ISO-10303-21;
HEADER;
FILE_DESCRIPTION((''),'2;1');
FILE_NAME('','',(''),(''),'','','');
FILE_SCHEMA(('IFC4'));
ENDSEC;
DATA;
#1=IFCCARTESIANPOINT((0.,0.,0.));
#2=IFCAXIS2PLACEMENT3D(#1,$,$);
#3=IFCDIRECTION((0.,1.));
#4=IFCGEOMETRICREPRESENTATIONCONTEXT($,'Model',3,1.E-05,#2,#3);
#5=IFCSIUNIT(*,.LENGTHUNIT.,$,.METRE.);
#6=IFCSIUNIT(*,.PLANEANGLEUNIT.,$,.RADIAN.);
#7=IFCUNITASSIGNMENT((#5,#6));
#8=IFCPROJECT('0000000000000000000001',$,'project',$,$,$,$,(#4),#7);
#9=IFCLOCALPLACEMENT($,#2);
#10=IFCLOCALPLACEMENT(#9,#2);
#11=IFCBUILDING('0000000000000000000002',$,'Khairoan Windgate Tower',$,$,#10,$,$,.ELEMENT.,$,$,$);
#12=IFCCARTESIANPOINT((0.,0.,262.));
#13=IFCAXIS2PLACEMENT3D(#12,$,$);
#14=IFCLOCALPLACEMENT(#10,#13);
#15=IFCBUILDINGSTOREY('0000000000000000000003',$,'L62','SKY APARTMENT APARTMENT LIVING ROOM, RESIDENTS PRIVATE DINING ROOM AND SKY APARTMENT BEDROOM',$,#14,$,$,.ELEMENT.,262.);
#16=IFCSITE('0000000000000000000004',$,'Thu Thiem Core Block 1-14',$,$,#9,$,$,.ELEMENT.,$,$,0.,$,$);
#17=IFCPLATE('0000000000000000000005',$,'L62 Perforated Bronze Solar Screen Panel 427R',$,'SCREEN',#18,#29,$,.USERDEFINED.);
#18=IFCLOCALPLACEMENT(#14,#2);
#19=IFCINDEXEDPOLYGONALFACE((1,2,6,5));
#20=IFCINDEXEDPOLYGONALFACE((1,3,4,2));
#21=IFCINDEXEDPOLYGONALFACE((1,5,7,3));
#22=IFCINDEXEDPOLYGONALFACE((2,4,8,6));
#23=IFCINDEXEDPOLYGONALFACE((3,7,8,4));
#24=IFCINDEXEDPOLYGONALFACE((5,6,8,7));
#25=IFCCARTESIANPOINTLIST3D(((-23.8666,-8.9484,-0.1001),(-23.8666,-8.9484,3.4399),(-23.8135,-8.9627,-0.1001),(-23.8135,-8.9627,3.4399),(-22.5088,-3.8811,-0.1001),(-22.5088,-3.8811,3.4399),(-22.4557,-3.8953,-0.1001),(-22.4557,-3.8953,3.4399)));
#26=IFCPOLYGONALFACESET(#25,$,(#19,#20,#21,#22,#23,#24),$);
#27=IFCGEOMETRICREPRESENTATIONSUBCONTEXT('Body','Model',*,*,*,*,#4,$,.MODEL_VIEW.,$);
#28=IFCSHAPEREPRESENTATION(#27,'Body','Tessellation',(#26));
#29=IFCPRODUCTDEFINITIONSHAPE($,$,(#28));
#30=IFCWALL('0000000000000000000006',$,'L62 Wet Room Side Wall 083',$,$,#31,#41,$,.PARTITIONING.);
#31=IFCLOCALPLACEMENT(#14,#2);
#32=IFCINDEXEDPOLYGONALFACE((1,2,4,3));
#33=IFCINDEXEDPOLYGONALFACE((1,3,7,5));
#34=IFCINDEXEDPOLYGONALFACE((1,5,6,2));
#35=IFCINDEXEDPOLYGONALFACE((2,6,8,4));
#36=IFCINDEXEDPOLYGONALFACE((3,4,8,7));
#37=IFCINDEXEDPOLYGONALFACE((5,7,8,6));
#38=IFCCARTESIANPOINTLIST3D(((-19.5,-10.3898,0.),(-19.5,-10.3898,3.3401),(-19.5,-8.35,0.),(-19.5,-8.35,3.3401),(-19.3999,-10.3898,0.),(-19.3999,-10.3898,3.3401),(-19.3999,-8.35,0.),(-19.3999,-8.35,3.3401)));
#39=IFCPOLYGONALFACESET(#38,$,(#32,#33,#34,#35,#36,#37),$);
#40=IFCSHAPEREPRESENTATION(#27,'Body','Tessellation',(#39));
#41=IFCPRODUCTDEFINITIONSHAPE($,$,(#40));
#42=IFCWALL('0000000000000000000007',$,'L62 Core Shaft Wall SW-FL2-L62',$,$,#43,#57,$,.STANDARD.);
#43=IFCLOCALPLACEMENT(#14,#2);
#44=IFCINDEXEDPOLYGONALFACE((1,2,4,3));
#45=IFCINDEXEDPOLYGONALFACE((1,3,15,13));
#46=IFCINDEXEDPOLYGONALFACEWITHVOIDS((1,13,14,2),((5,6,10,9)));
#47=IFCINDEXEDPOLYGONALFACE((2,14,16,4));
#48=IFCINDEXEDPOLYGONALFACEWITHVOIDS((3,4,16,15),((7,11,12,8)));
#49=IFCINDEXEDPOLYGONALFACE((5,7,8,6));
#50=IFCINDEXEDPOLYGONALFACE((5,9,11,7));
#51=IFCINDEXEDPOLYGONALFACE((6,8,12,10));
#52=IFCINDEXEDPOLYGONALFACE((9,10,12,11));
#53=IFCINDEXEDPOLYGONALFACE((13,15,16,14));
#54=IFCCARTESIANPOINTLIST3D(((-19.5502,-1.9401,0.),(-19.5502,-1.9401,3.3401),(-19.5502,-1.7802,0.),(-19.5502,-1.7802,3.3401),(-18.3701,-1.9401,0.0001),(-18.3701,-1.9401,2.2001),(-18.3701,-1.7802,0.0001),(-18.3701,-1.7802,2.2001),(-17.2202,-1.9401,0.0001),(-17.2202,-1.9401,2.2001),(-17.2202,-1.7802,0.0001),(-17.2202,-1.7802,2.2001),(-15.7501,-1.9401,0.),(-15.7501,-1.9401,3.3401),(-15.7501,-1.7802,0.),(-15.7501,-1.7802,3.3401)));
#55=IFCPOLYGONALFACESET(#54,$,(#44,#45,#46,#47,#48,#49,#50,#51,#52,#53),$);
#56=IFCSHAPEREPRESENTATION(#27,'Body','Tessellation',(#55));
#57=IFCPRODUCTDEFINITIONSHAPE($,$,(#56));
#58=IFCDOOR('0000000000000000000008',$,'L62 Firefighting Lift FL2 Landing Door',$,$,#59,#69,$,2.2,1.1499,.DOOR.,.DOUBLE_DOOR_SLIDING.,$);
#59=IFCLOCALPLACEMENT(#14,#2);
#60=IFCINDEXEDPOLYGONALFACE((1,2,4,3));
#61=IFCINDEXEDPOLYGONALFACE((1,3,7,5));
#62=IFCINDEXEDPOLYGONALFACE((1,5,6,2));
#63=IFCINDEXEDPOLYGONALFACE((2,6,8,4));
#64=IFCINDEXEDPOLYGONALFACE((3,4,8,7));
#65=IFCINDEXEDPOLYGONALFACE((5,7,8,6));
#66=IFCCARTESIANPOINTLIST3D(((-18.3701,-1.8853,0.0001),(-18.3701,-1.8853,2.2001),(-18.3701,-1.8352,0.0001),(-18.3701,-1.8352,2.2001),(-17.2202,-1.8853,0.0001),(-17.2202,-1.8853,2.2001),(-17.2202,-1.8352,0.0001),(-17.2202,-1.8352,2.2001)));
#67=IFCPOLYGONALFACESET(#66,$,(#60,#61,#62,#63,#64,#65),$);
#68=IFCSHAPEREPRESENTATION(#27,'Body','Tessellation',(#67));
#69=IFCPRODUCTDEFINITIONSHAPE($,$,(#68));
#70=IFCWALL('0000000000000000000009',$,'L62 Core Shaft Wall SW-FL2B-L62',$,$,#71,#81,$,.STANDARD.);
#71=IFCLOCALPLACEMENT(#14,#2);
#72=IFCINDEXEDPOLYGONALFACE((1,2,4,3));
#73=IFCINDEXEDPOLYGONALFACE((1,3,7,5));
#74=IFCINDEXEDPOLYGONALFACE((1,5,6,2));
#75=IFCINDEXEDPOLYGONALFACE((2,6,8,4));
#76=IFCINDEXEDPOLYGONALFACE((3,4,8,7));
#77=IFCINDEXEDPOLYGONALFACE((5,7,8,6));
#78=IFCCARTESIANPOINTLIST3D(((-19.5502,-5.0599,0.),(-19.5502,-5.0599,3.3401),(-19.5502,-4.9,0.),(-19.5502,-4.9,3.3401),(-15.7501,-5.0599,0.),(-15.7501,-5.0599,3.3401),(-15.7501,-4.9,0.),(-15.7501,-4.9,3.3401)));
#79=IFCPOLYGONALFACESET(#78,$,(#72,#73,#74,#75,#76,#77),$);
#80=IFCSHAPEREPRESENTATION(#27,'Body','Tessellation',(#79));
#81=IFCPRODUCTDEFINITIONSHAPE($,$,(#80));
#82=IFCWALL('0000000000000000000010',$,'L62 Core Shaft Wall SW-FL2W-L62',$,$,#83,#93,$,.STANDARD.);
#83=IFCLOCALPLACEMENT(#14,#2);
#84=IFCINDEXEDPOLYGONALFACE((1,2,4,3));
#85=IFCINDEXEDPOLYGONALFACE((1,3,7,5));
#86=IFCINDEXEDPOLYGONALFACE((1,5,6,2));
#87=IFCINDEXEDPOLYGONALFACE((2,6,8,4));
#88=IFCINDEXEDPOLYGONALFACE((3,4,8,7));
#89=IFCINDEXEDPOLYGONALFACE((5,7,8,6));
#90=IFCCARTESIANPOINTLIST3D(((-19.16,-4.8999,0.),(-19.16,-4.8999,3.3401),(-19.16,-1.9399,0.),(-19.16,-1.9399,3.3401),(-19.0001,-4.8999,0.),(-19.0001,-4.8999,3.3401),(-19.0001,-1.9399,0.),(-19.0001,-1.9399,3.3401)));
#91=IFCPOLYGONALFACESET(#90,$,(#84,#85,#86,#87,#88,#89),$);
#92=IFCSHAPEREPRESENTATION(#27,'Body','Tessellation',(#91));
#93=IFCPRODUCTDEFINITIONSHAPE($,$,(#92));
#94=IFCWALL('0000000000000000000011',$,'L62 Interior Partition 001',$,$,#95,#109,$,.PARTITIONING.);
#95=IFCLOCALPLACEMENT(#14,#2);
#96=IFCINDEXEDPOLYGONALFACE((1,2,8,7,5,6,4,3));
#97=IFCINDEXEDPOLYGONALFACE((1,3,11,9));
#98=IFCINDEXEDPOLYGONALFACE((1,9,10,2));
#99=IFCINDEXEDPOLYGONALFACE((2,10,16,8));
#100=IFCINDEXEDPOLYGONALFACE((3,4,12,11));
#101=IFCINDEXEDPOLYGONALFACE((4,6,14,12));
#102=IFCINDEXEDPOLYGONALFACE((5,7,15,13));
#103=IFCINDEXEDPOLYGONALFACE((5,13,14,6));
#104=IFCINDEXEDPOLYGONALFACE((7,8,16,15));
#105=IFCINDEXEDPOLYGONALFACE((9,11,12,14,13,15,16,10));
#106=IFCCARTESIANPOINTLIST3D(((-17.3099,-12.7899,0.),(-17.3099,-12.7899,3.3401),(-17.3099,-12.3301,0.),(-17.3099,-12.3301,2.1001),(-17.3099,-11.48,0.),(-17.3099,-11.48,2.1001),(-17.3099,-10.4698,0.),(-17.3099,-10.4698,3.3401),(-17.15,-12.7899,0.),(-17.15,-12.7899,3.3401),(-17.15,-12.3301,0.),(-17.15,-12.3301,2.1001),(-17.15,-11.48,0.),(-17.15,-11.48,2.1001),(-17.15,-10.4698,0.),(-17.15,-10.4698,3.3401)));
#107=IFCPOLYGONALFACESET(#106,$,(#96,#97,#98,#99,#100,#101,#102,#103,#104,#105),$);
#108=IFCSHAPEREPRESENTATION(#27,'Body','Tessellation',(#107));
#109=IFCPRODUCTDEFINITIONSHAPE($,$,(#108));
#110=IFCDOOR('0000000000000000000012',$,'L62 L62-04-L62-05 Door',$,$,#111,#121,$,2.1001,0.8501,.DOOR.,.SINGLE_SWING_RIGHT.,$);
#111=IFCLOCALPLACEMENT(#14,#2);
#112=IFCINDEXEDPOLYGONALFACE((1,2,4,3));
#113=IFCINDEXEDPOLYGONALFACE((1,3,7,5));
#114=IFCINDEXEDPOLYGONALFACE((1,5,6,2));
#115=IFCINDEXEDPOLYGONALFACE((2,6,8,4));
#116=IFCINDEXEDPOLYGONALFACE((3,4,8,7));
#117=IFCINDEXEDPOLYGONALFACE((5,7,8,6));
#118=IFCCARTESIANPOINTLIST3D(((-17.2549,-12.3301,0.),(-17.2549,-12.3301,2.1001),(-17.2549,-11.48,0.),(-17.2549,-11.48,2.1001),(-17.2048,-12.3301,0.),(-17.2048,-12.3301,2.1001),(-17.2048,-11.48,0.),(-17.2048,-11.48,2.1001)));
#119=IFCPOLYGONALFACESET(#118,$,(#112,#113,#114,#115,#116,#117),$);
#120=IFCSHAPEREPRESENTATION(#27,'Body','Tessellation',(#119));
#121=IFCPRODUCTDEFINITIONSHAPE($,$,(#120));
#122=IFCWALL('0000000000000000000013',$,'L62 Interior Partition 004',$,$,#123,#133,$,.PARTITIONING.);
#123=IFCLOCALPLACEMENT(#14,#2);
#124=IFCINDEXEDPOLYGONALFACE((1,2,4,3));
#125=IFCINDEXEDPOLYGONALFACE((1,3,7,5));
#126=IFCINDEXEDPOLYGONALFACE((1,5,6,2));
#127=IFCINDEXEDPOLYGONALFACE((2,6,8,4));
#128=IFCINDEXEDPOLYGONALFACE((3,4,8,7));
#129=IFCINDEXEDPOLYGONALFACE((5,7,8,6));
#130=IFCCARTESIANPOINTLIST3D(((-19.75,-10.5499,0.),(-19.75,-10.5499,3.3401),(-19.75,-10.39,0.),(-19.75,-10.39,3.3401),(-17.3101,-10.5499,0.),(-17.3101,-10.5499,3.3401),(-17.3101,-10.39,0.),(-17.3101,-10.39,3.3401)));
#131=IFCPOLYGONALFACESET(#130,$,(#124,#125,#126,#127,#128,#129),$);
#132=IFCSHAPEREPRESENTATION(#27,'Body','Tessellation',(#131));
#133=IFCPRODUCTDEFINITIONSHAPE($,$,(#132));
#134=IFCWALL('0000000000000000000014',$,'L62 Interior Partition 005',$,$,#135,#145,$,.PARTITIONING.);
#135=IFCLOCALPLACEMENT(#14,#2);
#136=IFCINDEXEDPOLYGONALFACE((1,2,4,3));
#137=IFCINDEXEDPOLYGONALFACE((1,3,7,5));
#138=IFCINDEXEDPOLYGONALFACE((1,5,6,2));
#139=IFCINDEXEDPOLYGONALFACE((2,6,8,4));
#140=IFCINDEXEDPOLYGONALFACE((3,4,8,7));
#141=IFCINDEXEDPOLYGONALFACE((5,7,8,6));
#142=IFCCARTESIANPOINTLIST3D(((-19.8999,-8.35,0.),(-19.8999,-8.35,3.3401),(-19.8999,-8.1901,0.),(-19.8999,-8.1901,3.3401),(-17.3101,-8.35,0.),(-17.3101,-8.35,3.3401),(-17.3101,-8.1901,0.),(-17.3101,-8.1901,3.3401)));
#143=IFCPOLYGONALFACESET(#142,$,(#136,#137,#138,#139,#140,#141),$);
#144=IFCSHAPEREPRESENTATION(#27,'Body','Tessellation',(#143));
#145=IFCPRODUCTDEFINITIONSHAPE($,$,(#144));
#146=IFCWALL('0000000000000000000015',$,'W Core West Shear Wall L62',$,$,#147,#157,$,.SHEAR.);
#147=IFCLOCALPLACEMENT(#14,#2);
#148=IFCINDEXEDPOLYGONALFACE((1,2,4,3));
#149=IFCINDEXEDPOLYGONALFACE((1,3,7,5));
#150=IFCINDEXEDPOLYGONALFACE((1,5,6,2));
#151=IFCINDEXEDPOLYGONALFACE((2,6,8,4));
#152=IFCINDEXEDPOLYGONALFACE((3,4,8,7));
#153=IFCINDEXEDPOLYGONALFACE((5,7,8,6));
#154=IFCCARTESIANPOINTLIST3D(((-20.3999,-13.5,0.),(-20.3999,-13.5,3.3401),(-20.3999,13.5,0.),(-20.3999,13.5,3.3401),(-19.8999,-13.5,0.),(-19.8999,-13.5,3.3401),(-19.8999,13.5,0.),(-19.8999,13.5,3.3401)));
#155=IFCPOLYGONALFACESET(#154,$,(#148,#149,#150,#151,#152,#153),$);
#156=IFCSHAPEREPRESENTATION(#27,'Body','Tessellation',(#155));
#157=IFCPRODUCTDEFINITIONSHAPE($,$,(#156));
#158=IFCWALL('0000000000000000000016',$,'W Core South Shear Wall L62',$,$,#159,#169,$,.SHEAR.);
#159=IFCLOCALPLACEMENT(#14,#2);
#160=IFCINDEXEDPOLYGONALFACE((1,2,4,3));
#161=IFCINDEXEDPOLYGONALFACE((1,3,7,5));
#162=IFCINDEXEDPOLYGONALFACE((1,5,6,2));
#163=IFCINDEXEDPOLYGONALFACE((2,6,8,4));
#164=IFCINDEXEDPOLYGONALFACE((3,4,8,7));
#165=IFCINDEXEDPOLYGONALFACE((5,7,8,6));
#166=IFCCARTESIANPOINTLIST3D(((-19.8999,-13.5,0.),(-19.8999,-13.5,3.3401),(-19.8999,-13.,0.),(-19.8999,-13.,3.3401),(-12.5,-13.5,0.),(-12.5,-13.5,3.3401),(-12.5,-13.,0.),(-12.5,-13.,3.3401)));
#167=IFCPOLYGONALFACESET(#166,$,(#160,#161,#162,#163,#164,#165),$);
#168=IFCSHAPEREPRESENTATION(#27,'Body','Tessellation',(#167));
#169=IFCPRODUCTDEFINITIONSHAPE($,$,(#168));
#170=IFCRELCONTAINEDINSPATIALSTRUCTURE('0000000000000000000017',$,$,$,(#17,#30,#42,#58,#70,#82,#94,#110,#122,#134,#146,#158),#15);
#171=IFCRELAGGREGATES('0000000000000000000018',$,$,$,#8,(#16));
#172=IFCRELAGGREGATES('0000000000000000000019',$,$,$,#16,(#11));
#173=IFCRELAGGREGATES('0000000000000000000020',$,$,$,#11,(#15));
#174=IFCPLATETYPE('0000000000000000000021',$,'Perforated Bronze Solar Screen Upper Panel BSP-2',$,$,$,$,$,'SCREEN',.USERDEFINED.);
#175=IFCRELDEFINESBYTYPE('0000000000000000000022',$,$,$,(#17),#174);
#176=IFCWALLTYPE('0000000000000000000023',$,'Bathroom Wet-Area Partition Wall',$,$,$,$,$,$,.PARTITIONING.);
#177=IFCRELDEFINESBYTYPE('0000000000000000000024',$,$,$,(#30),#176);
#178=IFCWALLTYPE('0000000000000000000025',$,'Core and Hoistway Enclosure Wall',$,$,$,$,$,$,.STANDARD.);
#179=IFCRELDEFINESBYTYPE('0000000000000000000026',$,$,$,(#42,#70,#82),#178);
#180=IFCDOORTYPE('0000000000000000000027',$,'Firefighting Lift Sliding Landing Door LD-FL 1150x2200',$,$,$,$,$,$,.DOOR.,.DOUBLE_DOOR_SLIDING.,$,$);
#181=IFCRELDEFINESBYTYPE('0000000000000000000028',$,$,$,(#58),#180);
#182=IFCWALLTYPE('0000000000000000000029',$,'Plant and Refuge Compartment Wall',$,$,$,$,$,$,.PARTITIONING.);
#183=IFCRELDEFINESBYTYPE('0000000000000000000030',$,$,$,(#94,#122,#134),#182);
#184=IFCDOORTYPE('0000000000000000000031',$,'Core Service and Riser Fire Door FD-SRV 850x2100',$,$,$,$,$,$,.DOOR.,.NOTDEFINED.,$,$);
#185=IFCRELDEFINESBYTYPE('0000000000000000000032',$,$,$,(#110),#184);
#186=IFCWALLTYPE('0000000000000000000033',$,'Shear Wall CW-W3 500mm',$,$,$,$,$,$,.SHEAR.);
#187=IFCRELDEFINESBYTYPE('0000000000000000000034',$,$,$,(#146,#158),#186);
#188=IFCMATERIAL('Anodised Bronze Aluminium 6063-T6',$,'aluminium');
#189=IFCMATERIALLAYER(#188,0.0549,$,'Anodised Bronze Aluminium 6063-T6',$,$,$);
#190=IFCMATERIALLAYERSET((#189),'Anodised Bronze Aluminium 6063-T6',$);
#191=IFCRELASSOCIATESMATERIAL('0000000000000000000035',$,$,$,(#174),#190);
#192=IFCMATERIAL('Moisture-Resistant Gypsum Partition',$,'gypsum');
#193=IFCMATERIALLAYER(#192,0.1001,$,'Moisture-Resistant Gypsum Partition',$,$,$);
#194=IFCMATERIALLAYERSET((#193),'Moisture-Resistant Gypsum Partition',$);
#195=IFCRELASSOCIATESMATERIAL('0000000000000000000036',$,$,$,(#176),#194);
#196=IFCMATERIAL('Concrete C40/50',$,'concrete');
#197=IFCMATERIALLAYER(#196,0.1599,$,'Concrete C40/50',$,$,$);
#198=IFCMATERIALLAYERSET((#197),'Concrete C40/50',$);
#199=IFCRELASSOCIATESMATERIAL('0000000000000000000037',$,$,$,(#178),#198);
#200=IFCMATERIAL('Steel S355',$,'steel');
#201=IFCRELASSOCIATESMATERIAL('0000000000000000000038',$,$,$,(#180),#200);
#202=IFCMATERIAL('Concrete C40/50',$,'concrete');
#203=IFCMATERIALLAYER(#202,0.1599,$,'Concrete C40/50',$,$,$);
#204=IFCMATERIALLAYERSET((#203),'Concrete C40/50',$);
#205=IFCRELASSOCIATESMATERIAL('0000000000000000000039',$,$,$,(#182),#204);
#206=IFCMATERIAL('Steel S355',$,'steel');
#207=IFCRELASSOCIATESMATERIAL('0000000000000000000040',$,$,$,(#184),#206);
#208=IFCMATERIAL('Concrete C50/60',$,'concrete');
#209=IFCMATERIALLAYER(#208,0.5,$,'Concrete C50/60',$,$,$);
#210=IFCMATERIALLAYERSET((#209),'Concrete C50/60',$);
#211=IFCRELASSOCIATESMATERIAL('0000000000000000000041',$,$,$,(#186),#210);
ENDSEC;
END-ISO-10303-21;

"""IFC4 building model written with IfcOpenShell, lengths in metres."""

from ifc_helpers import new_model, si_unit, direction, frame, frame_2d, origin, origin_2d, place, context, subcontext, project, spatial, rectangle, extrude, material, layer, layer_set, type_object, element, fill, save


model = new_model("IFC4")

# Units and contexts
model_context = context("Model", 3, precision=1e-05, world=origin(), true_north=direction((0.0, 1.0)))
body_context = subcontext(model_context, "Body", "Model", "MODEL_VIEW")
ifc_project = project(units=[si_unit("LENGTHUNIT", "METRE"), si_unit("PLANEANGLEUNIT", "RADIAN")], contexts=[model_context])

# Site, building, storey
site_placement = place(None, origin())
site = spatial("IfcSite", under=ifc_project, at=site_placement, Name="Thu Thiem Core Block 1-14", CompositionType="ELEMENT", RefElevation=0.0)
building_placement = place(site_placement, origin())
building = spatial("IfcBuilding", under=site, at=building_placement, Name="Khairoan Windgate Tower", CompositionType="ELEMENT")
storey_placement = place(building_placement, frame((0.0, 0.0, 262.0)))
storey = spatial("IfcBuildingStorey", under=building, at=storey_placement, Name="L62", Description="SKY APARTMENT APARTMENT LIVING ROOM, RESIDENTS PRIVATE DINING ROOM AND SKY APARTMENT BEDROOM", CompositionType="ELEMENT", Elevation=262.0)

# Plate
ifc_material_1 = material(Name="Anodised Bronze Aluminium 6063-T6", Category="aluminium")
ifc_layer_1 = layer(ifc_material_1, 0.0549, Name="Anodised Bronze Aluminium 6063-T6")
ifc_layer_set_1 = layer_set([ifc_layer_1], Name="Anodised Bronze Aluminium 6063-T6")
plate_type_1 = type_object("IfcPlateType", Name="Perforated Bronze Solar Screen Upper Panel BSP-2", ElementType="SCREEN", PredefinedType="USERDEFINED", material=ifc_layer_set_1)
plate_1_placement = place(storey_placement, frame((-23.1611, -6.4219, -0.1001), z_axis=(0.0, 0.0, 1.0), x_axis=(0.258819, 0.965926, 0.0)))
element("IfcPlate", 1, at=plate_1_placement, inside=storey, type_object=plate_type_1, Name="L62 Perforated Bronze Solar Screen Panel 427R", ObjectType="SCREEN", PredefinedType="USERDEFINED", context=body_context, shape_type="SweptSolid", body=[
    extrude(rectangle(XDim=5.2461, YDim=0.0549, at=origin_2d()), origin(), (0.0, 0.0, 1.0), 3.54),
])

# Wall
ifc_material_2 = material(Name="Moisture-Resistant Gypsum Partition", Category="gypsum")
ifc_layer_2 = layer(ifc_material_2, 0.1001, Name="Moisture-Resistant Gypsum Partition")
ifc_layer_set_2 = layer_set([ifc_layer_2], Name="Moisture-Resistant Gypsum Partition")
wall_type_1 = type_object("IfcWallType", Name="Bathroom Wet-Area Partition Wall", PredefinedType="PARTITIONING", material=ifc_layer_set_2)
wall_1_placement = place(storey_placement, frame((-19.45, -10.3899, 0.0), z_axis=(0.0, 0.0, 1.0), x_axis=(0.0, 1.0, 0.0)))
element("IfcWall", 2, at=wall_1_placement, inside=storey, type_object=wall_type_1, Name="L62 Wet Room Side Wall 083", PredefinedType="PARTITIONING", context=body_context, shape_type="SweptSolid", body=[
    extrude(rectangle(XDim=2.0398, YDim=0.1001, at=frame_2d((1.02, 0.0))), origin(), (0.0, 0.0, 1.0), 3.3401),
])

# Wall, opening, door
ifc_material_3 = material(Name="Concrete C40/50", Category="concrete")
ifc_layer_3 = layer(ifc_material_3, 0.1599, Name="Concrete C40/50")
ifc_layer_set_3 = layer_set([ifc_layer_3], Name="Concrete C40/50")
wall_type_2 = type_object("IfcWallType", Name="Core and Hoistway Enclosure Wall", PredefinedType="STANDARD", material=ifc_layer_set_3)
wall_2_placement = place(storey_placement, frame((-19.55, -1.8601, 0.0), z_axis=(0.0, 0.0, 1.0), x_axis=(1.0, 0.0, 0.0)))
wall_2 = element("IfcWall", 3, at=wall_2_placement, inside=storey, type_object=wall_type_2, Name="L62 Core Shaft Wall SW-FL2-L62", PredefinedType="STANDARD", context=body_context, shape_type="SweptSolid", body=[
    extrude(rectangle(XDim=3.8, YDim=0.1599, at=frame_2d((1.8999, 0.0))), origin(), (0.0, 0.0, 1.0), 3.3401),
])
opening_1_placement = place(wall_2_placement, frame((1.1799, 0.0, 0.0)))
opening_1 = element("IfcOpeningElement", 4, at=opening_1_placement, cuts=wall_2, PredefinedType="OPENING", context=body_context, shape_type="SweptSolid", body=[
    extrude(rectangle(XDim=1.1499, YDim=2.2, at=frame_2d((0.575, 1.1001))), frame((0.0, 0.0898, 0.0), z_axis=(0.0, -1.0, 0.0), x_axis=(1.0, 0.0, 0.0)), (0.0, 0.0, 1.0), 0.1799),
])
ifc_material_4 = material(Name="Steel S355", Category="steel")
door_type_1 = type_object("IfcDoorType", Name="Firefighting Lift Sliding Landing Door LD-FL 1150x2200", OperationType="DOUBLE_DOOR_SLIDING", PredefinedType="DOOR", material=ifc_material_4)
door_1_placement = place(opening_1_placement, origin())
door_1 = element("IfcDoor", 5, at=door_1_placement, inside=storey, type_object=door_type_1, Name="L62 Firefighting Lift FL2 Landing Door", OperationType="DOUBLE_DOOR_SLIDING", OverallHeight=2.2, OverallWidth=1.1499, PredefinedType="DOOR", context=body_context, shape_type="SweptSolid", body=[
    extrude(rectangle(XDim=1.1499, YDim=2.2, at=frame_2d((0.575, 1.1001))), frame((0.0, 0.0249, 0.0), z_axis=(0.0, -1.0, 0.0), x_axis=(1.0, 0.0, 0.0)), (0.0, 0.0, 1.0), 0.05),
])
fill(opening_1, door_1)

# Walls
wall_3_placement = place(storey_placement, frame((-19.55, -4.98, 0.0), z_axis=(0.0, 0.0, 1.0), x_axis=(1.0, 0.0, 0.0)))
element("IfcWall", 6, at=wall_3_placement, inside=storey, type_object=wall_type_2, Name="L62 Core Shaft Wall SW-FL2B-L62", PredefinedType="STANDARD", context=body_context, shape_type="SweptSolid", body=[
    extrude(rectangle(XDim=3.8, YDim=0.1599, at=frame_2d((1.8999, 0.0))), origin(), (0.0, 0.0, 1.0), 3.3401),
])
wall_4_placement = place(storey_placement, frame((-19.0801, -4.8999, 0.0), z_axis=(0.0, 0.0, 1.0), x_axis=(0.0, 1.0, 0.0)))
element("IfcWall", 7, at=wall_4_placement, inside=storey, type_object=wall_type_2, Name="L62 Core Shaft Wall SW-FL2W-L62", PredefinedType="STANDARD", context=body_context, shape_type="SweptSolid", body=[
    extrude(rectangle(XDim=2.96, YDim=0.1599, at=frame_2d((1.48, 0.0))), origin(), (0.0, 0.0, 1.0), 3.3401),
])

# Wall, opening, door
ifc_material_5 = material(Name="Concrete C40/50", Category="concrete")
ifc_layer_4 = layer(ifc_material_5, 0.1599, Name="Concrete C40/50")
ifc_layer_set_4 = layer_set([ifc_layer_4], Name="Concrete C40/50")
wall_type_3 = type_object("IfcWallType", Name="Plant and Refuge Compartment Wall", PredefinedType="PARTITIONING", material=ifc_layer_set_4)
wall_5_placement = place(storey_placement, frame((-17.23, -12.79, 0.0), z_axis=(0.0, 0.0, 1.0), x_axis=(0.0, 1.0, 0.0)))
wall_5 = element("IfcWall", 8, at=wall_5_placement, inside=storey, type_object=wall_type_3, Name="L62 Interior Partition 001", PredefinedType="PARTITIONING", context=body_context, shape_type="SweptSolid", body=[
    extrude(rectangle(XDim=2.3201, YDim=0.1599, at=frame_2d((1.1602, 0.0))), origin(), (0.0, 0.0, 1.0), 3.3401),
])
opening_2_placement = place(wall_5_placement, frame((0.46, 0.0, 0.0)))
opening_2 = element("IfcOpeningElement", 9, at=opening_2_placement, cuts=wall_5, PredefinedType="OPENING", context=body_context, shape_type="SweptSolid", body=[
    extrude(rectangle(XDim=0.8501, YDim=2.1001, at=frame_2d((0.425, 1.05))), frame((0.0, 0.0898, 0.0), z_axis=(0.0, -1.0, 0.0), x_axis=(1.0, 0.0, 0.0)), (0.0, 0.0, 1.0), 0.1799),
])
ifc_material_6 = material(Name="Steel S355", Category="steel")
door_type_2 = type_object("IfcDoorType", Name="Core Service and Riser Fire Door FD-SRV 850x2100", OperationType="NOTDEFINED", PredefinedType="DOOR", material=ifc_material_6)
door_2_placement = place(opening_2_placement, origin())
door_2 = element("IfcDoor", 10, at=door_2_placement, inside=storey, type_object=door_type_2, Name="L62 L62-04-L62-05 Door", OperationType="SINGLE_SWING_RIGHT", OverallHeight=2.1001, OverallWidth=0.8501, PredefinedType="DOOR", context=body_context, shape_type="SweptSolid", body=[
    extrude(rectangle(XDim=0.8501, YDim=2.1001, at=frame_2d((0.425, 1.05))), frame((0.0, 0.0249, 0.0), z_axis=(0.0, -1.0, 0.0), x_axis=(1.0, 0.0, 0.0)), (0.0, 0.0, 1.0), 0.05),
])
fill(opening_2, door_2)

# Walls
wall_6_placement = place(storey_placement, frame((-19.75, -10.47, 0.0), z_axis=(0.0, 0.0, 1.0), x_axis=(1.0, 0.0, 0.0)))
element("IfcWall", 11, at=wall_6_placement, inside=storey, type_object=wall_type_3, Name="L62 Interior Partition 004", PredefinedType="PARTITIONING", context=body_context, shape_type="SweptSolid", body=[
    extrude(rectangle(XDim=2.4399, YDim=0.1599, at=frame_2d((1.22, 0.0))), origin(), (0.0, 0.0, 1.0), 3.3401),
])
wall_7_placement = place(storey_placement, frame((-19.8999, -8.27, 0.0), z_axis=(0.0, 0.0, 1.0), x_axis=(1.0, 0.0, 0.0)))
element("IfcWall", 12, at=wall_7_placement, inside=storey, type_object=wall_type_3, Name="L62 Interior Partition 005", PredefinedType="PARTITIONING", context=body_context, shape_type="SweptSolid", body=[
    extrude(rectangle(XDim=2.5898, YDim=0.1599, at=frame_2d((1.2949, 0.0))), origin(), (0.0, 0.0, 1.0), 3.3401),
])
ifc_material_7 = material(Name="Concrete C50/60", Category="concrete")
ifc_layer_5 = layer(ifc_material_7, 0.5, Name="Concrete C50/60")
ifc_layer_set_5 = layer_set([ifc_layer_5], Name="Concrete C50/60")
wall_type_4 = type_object("IfcWallType", Name="Shear Wall CW-W3 500mm", PredefinedType="SHEAR", material=ifc_layer_set_5)
wall_8_placement = place(storey_placement, frame((-20.1499, -13.5, 0.0), z_axis=(0.0, 0.0, 1.0), x_axis=(0.0, 1.0, 0.0)))
element("IfcWall", 13, at=wall_8_placement, inside=storey, type_object=wall_type_4, Name="W Core West Shear Wall L62", PredefinedType="SHEAR", context=body_context, shape_type="SweptSolid", body=[
    extrude(rectangle(XDim=27.0, YDim=0.5, at=frame_2d((13.5, 0.0))), origin(), (0.0, 0.0, 1.0), 3.3401),
])
wall_9_placement = place(storey_placement, frame((-19.8999, -13.25, 0.0), z_axis=(0.0, 0.0, 1.0), x_axis=(1.0, 0.0, 0.0)))
element("IfcWall", 14, at=wall_9_placement, inside=storey, type_object=wall_type_4, Name="W Core South Shear Wall L62", PredefinedType="SHEAR", context=body_context, shape_type="SweptSolid", body=[
    extrude(rectangle(XDim=7.3999, YDim=0.5, at=frame_2d((3.7, 0.0))), origin(), (0.0, 0.0, 1.0), 3.3401),
])

save(model, "model.ifc")
